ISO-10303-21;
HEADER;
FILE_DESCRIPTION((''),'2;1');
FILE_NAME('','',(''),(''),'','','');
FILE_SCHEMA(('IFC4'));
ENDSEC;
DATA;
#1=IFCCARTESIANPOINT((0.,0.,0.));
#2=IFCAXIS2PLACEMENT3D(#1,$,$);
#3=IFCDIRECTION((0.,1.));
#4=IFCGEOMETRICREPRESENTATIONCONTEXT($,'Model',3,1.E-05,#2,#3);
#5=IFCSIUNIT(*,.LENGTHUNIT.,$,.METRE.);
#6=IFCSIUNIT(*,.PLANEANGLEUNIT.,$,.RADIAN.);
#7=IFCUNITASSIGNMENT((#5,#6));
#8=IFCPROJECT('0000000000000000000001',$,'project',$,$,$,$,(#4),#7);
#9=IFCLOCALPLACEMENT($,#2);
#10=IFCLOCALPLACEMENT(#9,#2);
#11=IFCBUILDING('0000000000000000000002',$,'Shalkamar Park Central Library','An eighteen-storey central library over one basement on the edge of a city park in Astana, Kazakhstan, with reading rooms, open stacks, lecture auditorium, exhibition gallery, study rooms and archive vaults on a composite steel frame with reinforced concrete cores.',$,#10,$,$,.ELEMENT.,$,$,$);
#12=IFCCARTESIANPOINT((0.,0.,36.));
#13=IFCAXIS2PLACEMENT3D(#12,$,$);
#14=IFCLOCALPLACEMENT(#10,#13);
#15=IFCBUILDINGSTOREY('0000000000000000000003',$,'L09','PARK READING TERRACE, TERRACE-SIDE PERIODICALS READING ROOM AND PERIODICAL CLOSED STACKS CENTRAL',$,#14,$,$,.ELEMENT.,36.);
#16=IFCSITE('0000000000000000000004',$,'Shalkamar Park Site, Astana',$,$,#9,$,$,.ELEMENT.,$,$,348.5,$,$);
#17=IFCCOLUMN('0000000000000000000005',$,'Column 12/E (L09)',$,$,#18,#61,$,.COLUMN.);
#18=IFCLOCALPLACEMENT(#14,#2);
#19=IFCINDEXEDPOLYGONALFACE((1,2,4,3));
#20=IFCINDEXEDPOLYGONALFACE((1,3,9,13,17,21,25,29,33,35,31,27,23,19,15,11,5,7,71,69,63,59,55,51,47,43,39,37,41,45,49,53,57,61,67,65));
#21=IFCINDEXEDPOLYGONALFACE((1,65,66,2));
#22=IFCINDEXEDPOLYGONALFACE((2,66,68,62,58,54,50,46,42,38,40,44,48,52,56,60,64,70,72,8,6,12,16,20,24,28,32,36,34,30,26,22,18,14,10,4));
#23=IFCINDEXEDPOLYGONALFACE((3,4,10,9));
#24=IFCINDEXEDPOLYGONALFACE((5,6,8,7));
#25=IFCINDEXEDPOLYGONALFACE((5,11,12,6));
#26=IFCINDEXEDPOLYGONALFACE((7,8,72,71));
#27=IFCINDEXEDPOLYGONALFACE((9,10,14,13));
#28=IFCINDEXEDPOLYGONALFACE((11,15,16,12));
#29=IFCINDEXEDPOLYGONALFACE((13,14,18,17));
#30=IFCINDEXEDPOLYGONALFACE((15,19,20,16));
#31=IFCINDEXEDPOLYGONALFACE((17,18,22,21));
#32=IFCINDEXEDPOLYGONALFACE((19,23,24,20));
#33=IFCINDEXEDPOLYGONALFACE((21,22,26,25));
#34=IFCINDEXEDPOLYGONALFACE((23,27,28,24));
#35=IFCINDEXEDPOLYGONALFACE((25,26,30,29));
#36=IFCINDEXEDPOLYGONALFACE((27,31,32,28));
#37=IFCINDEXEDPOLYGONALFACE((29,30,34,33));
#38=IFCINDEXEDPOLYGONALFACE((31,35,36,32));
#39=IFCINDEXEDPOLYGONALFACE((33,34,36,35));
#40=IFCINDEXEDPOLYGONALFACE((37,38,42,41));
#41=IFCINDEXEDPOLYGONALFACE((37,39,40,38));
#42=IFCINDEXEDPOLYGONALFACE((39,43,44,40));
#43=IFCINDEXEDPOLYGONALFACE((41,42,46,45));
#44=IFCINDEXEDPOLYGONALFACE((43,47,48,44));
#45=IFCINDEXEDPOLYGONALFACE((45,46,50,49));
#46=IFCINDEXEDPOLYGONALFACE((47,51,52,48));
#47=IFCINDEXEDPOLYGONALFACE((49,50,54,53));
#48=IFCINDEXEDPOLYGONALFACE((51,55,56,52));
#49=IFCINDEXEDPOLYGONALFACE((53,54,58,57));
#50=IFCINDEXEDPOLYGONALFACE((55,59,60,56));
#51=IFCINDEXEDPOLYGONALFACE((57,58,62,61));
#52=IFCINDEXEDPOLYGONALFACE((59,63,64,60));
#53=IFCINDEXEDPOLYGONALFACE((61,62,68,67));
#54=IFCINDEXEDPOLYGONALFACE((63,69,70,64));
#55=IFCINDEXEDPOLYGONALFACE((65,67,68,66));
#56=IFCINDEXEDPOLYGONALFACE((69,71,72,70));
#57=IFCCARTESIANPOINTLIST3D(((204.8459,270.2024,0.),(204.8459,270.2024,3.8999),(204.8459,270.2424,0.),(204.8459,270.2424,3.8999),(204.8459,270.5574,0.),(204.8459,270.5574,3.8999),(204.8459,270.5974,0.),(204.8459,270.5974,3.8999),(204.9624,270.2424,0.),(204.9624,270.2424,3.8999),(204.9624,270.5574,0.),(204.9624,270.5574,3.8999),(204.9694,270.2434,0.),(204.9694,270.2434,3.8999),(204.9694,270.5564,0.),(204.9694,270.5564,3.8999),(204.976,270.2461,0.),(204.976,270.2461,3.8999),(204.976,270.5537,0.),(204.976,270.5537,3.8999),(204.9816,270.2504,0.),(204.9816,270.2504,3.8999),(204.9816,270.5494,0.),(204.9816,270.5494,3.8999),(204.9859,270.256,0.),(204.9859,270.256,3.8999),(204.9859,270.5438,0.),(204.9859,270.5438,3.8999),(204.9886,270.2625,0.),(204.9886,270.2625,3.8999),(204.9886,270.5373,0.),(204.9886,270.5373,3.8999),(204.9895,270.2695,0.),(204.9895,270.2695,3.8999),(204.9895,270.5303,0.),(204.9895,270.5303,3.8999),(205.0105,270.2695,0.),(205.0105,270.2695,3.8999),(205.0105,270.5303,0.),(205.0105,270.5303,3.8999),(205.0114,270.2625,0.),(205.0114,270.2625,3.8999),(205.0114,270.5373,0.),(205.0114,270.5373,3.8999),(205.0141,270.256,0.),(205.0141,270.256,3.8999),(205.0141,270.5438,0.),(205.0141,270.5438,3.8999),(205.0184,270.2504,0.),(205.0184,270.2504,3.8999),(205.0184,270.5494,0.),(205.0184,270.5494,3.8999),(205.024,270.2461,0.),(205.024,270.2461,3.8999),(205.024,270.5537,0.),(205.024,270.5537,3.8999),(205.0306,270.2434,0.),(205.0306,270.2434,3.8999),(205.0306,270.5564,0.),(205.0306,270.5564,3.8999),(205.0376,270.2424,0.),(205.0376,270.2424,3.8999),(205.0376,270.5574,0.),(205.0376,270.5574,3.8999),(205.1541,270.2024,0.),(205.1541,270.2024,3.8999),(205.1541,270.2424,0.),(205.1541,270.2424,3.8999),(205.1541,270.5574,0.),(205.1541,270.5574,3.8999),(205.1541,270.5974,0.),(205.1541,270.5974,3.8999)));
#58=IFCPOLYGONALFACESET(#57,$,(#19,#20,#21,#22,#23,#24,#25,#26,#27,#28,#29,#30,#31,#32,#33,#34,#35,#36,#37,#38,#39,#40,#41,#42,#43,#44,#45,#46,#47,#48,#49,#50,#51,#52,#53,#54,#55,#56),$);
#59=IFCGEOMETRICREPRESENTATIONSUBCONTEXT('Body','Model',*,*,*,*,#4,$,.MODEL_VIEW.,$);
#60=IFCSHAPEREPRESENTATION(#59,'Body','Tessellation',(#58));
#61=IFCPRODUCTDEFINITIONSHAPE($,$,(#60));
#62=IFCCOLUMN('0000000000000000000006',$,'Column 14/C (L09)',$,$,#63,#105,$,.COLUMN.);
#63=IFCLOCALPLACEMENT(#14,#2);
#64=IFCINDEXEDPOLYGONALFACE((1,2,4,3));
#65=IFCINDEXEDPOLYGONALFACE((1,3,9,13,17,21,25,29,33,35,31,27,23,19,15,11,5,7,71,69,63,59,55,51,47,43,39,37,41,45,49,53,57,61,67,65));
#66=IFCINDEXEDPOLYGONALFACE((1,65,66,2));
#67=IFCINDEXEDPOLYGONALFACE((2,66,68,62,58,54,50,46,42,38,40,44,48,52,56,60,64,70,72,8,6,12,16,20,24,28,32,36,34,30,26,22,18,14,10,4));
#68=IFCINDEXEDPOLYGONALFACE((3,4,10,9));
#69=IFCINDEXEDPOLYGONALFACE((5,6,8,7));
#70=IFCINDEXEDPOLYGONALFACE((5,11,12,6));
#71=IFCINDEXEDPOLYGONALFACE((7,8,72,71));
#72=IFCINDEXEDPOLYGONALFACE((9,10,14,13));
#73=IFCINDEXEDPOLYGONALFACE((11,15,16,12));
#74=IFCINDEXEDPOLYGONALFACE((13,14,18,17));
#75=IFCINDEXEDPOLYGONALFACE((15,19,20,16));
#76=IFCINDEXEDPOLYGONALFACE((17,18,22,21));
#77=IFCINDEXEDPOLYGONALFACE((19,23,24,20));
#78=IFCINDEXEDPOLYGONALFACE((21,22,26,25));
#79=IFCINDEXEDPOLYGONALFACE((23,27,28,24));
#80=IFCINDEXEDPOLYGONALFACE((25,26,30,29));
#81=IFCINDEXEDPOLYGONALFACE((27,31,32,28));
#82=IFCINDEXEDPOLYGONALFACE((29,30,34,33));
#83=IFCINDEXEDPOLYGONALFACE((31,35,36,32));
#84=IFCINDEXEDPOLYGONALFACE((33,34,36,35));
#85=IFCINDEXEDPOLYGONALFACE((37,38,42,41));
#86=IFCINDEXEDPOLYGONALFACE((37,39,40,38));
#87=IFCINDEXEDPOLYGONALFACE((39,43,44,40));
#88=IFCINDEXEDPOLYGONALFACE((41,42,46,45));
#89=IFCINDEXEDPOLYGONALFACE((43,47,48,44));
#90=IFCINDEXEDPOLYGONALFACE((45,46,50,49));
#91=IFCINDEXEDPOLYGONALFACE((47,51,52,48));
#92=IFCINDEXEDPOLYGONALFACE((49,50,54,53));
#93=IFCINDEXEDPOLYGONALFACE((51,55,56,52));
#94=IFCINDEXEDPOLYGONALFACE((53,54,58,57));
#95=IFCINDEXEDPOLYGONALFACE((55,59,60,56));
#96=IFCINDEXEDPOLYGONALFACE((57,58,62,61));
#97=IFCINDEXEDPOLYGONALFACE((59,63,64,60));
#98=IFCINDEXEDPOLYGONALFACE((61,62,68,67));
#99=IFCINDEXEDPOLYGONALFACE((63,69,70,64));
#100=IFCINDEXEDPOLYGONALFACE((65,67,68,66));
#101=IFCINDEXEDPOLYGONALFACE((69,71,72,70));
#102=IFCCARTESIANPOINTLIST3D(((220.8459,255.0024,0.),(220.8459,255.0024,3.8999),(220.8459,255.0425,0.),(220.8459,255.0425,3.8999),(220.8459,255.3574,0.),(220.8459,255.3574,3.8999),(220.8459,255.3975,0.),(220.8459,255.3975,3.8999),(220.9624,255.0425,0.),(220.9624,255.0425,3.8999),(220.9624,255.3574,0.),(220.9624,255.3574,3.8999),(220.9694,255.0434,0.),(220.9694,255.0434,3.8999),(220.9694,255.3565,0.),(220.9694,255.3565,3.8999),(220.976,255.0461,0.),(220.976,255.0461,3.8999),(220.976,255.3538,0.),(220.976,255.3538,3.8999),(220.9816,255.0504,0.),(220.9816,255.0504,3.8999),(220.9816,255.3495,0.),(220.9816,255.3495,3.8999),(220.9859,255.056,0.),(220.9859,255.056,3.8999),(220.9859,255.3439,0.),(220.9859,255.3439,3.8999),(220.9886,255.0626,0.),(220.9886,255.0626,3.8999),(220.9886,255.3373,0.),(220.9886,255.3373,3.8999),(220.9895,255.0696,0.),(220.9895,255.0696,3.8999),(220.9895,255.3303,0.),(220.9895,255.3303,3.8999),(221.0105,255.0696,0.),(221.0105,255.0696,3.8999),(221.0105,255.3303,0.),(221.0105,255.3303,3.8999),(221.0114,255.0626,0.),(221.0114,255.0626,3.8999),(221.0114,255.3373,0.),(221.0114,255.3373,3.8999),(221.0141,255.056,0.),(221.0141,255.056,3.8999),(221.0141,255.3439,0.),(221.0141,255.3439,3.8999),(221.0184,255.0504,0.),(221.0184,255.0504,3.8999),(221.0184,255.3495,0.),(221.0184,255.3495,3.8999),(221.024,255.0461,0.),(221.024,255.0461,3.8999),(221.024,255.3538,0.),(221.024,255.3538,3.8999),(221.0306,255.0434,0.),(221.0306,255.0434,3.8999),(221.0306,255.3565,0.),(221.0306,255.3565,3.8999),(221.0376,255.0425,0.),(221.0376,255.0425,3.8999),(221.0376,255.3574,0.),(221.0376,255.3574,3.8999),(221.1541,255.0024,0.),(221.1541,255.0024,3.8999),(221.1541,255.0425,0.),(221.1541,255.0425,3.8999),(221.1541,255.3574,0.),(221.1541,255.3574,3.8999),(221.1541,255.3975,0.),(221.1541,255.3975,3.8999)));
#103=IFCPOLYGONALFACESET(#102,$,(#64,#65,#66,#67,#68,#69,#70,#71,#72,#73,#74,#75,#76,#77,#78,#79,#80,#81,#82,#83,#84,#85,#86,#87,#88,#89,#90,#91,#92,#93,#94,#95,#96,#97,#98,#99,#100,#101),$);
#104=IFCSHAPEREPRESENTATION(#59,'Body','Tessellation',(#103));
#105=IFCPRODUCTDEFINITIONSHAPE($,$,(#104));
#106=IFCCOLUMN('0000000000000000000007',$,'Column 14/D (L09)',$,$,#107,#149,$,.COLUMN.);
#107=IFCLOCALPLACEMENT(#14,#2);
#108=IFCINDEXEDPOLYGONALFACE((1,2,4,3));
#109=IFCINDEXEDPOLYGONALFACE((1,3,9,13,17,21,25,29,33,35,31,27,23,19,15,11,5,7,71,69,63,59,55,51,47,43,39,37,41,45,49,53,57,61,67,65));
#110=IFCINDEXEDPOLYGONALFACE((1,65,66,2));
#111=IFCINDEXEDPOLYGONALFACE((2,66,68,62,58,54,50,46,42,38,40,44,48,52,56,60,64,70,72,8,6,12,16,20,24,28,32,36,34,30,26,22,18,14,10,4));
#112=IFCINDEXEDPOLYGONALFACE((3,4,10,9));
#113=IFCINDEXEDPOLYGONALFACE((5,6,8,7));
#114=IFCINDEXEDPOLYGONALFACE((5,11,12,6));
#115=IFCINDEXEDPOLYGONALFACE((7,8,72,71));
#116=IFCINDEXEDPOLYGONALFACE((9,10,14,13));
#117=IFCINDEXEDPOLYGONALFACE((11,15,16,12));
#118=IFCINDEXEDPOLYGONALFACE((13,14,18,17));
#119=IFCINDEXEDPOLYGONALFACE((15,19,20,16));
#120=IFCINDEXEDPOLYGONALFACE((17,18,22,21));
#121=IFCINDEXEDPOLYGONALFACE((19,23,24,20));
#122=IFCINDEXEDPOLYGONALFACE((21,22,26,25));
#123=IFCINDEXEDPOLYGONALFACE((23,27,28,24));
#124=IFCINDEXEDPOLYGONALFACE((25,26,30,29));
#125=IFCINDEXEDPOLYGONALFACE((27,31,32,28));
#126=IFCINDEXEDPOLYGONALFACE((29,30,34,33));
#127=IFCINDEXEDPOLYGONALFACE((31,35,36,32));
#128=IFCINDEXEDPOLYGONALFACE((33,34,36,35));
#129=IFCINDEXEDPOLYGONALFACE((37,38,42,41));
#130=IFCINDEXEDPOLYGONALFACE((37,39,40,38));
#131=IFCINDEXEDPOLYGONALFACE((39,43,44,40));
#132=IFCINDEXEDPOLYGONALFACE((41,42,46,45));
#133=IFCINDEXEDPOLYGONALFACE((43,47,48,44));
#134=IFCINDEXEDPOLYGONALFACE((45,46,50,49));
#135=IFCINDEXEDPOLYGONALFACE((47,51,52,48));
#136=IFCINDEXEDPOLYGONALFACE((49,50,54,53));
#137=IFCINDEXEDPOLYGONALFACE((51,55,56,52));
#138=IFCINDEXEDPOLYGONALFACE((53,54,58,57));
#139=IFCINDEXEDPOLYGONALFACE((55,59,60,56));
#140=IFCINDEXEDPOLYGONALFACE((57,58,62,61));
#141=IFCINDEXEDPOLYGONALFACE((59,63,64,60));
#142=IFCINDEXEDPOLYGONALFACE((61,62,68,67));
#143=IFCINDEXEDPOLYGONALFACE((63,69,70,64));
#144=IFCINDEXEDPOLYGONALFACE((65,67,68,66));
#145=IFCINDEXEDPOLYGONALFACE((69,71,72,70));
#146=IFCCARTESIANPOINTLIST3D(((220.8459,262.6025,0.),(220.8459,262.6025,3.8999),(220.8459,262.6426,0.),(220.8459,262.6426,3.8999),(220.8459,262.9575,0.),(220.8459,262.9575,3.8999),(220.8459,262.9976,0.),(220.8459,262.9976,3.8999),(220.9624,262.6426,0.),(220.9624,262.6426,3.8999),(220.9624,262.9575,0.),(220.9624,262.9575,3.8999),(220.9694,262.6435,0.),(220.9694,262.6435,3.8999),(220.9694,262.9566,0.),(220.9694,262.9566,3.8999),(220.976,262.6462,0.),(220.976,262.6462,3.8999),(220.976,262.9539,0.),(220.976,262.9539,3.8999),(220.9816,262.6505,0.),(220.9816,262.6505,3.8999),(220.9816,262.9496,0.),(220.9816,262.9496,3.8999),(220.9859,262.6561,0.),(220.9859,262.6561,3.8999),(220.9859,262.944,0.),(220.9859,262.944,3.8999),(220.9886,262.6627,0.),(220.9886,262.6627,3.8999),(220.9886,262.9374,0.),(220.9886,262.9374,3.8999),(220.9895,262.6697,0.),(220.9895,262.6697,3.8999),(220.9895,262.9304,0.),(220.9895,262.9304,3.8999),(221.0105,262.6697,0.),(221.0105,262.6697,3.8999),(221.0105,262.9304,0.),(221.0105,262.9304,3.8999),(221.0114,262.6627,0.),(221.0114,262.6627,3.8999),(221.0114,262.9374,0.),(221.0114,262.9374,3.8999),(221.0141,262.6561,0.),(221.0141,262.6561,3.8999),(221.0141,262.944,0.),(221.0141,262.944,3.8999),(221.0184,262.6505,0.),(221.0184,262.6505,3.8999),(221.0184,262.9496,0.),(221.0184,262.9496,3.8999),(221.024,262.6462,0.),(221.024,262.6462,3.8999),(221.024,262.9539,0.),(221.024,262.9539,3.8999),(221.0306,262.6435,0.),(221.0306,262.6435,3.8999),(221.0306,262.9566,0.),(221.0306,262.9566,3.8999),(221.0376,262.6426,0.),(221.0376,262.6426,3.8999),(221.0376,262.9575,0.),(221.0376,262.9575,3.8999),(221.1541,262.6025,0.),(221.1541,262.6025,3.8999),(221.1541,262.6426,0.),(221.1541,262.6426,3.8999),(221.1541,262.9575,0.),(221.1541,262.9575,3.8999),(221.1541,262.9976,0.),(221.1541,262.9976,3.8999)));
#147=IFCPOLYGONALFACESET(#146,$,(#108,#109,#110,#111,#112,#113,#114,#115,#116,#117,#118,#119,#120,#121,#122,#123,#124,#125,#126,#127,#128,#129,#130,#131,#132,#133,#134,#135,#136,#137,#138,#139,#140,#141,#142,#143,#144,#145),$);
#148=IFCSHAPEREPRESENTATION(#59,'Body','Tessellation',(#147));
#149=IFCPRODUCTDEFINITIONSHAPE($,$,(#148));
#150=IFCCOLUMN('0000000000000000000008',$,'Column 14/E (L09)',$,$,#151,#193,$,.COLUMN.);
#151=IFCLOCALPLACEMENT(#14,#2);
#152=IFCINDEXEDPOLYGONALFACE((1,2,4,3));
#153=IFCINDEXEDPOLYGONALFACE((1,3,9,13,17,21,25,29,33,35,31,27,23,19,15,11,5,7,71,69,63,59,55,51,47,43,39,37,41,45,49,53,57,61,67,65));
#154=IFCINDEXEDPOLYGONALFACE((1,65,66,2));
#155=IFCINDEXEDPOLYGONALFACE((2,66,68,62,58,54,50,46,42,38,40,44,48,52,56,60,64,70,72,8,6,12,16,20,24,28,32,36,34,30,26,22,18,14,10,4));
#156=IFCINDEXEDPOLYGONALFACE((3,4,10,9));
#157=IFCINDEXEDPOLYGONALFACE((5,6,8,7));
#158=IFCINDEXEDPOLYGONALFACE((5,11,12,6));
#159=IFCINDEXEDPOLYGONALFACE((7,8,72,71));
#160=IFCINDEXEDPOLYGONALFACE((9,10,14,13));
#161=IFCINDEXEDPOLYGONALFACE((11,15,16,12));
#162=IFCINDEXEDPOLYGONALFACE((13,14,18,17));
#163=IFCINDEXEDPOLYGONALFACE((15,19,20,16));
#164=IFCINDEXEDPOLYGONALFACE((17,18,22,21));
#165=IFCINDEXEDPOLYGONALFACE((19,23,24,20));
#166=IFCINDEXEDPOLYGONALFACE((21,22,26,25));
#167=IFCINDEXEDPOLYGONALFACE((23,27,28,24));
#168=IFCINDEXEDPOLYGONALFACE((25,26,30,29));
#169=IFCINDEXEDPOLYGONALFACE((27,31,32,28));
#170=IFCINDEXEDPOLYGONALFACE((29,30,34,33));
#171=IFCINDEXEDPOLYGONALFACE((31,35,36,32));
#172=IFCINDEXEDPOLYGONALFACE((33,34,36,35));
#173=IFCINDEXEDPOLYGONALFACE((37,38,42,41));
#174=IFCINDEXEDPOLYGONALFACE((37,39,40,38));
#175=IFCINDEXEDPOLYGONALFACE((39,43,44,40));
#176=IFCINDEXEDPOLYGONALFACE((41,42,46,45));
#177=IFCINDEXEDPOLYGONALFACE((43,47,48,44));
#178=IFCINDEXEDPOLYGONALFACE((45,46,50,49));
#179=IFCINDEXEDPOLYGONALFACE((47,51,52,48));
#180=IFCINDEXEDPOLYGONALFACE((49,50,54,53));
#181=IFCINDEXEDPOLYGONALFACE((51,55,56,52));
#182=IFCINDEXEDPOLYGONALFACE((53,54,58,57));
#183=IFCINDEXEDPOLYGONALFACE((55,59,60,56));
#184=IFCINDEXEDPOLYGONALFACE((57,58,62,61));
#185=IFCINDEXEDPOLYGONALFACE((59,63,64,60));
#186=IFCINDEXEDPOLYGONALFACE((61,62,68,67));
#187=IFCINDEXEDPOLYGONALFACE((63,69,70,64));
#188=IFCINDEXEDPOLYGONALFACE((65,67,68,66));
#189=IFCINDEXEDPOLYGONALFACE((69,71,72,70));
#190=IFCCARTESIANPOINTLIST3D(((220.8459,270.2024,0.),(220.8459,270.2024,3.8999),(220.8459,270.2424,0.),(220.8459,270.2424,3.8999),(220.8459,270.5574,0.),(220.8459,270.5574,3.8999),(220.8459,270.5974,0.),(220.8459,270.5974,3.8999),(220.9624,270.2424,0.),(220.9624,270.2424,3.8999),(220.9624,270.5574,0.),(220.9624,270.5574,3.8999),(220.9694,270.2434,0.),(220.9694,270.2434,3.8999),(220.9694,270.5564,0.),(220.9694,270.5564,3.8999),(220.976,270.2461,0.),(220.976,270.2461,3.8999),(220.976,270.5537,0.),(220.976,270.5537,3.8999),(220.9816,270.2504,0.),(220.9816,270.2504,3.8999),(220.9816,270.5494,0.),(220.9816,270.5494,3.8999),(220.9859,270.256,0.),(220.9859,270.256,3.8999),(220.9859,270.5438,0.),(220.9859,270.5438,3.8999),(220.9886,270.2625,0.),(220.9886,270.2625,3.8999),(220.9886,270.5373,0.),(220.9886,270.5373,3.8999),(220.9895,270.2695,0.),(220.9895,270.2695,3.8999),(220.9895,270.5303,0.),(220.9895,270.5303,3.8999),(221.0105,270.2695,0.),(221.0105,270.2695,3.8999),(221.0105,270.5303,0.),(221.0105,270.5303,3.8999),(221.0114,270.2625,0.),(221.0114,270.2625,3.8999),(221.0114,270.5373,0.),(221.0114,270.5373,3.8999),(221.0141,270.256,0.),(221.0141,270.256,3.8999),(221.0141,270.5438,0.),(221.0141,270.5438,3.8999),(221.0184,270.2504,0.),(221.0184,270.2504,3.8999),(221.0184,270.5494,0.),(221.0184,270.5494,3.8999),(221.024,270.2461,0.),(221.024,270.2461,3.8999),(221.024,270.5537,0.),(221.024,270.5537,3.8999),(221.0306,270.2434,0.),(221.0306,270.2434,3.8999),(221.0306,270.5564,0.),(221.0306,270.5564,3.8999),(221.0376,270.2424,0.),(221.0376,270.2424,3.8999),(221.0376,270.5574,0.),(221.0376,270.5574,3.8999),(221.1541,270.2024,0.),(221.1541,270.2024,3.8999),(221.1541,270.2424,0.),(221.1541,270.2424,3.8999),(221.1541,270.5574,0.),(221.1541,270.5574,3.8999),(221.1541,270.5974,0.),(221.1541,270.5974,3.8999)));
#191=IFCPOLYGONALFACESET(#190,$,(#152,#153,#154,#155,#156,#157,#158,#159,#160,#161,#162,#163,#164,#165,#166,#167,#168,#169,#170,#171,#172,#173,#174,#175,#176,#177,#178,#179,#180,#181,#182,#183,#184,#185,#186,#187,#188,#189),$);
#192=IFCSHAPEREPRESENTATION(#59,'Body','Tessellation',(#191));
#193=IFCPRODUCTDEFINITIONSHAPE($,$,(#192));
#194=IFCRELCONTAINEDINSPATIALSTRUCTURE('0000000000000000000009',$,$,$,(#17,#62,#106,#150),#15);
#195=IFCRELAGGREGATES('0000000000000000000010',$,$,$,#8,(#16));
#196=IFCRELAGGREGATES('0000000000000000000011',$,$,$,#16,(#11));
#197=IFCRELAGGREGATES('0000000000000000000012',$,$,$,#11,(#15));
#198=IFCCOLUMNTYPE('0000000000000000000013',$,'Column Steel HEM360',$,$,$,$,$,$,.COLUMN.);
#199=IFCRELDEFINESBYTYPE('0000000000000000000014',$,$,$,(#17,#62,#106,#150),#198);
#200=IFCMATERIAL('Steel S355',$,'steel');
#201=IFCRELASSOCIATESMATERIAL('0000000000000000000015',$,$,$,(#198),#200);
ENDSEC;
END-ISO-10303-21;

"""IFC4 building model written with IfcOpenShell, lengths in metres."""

from ifc_helpers import new_model, si_unit, direction, frame, origin, origin_2d, place, context, subcontext, project, spatial, i_section, extrude, material, material_profile, profile_set, type_object, element, save


model = new_model("IFC4")

# Units and contexts
model_context = context("Model", 3, precision=1e-05, world=origin(), true_north=direction((0.0, 1.0)))
body_context = subcontext(model_context, "Body", "Model", "MODEL_VIEW")
ifc_project = project(units=[si_unit("LENGTHUNIT", "METRE"), si_unit("PLANEANGLEUNIT", "RADIAN")], contexts=[model_context])

# Site, building, storey
site_placement = place(None, origin())
site = spatial("IfcSite", under=ifc_project, at=site_placement, Name="Shalkamar Park Site, Astana", CompositionType="ELEMENT", RefElevation=348.5)
building_placement = place(site_placement, origin())
building = spatial("IfcBuilding", under=site, at=building_placement, Name="Shalkamar Park Central Library", Description="An eighteen-storey central library over one basement on the edge of a city park in Astana, Kazakhstan, with reading rooms, open stacks, lecture auditorium, exhibition gallery, study rooms and archive vaults on a composite steel frame with reinforced concrete cores.", CompositionType="ELEMENT")
storey_placement = place(building_placement, frame((0.0, 0.0, 36.0)))
storey = spatial("IfcBuildingStorey", under=building, at=storey_placement, Name="L09", Description="PARK READING TERRACE, TERRACE-SIDE PERIODICALS READING ROOM AND PERIODICAL CLOSED STACKS CENTRAL", CompositionType="ELEMENT", Elevation=36.0)

# Columns
ifc_material_1 = material(Name="Steel S355", Category="steel")
ifc_material_profile_1 = material_profile(ifc_material_1, i_section(OverallWidth=0.3081, OverallDepth=0.395, WebThickness=0.021, FlangeThickness=0.04, FilletRadius=0.0271, at=origin_2d()), Name="HEM 360")
ifc_profile_set_1 = profile_set([ifc_material_profile_1], Name="Steel S355")
column_type_1 = type_object("IfcColumnType", Name="Column Steel HEM360", PredefinedType="COLUMN", material=ifc_profile_set_1)
for number, where, z_axis, x_axis, name in (
    (1, (205.0, 270.3999, 0.0), (0.0, 0.0, 1.0), (1.0, 0.0, 0.0), "Column 12/E (L09)"),
    (2, (221.0, 255.2, 0.0), (0.0, 0.0, 1.0), (1.0, 0.0, 0.0), "Column 14/C (L09)"),
    (3, (221.0, 262.8, 0.0), (0.0, 0.0, 1.0), (1.0, 0.0, 0.0), "Column 14/D (L09)"),
    (4, (221.0, 270.3999, 0.0), (0.0, 0.0, 1.0), (1.0, 0.0, 0.0), "Column 14/E (L09)"),
):
    element("IfcColumn", number, at=place(storey_placement, frame(where, z_axis=z_axis, x_axis=x_axis)), inside=storey, type_object=column_type_1, Name=name, PredefinedType="COLUMN", context=body_context, shape_type="SweptSolid", body=[
        extrude(i_section(OverallWidth=0.3081, OverallDepth=0.395, WebThickness=0.021, FlangeThickness=0.04, FilletRadius=0.0271, at=origin_2d()), origin(), (0.0, 0.0, 1.0), 3.8999),
    ])

save(model, "model.ifc")
